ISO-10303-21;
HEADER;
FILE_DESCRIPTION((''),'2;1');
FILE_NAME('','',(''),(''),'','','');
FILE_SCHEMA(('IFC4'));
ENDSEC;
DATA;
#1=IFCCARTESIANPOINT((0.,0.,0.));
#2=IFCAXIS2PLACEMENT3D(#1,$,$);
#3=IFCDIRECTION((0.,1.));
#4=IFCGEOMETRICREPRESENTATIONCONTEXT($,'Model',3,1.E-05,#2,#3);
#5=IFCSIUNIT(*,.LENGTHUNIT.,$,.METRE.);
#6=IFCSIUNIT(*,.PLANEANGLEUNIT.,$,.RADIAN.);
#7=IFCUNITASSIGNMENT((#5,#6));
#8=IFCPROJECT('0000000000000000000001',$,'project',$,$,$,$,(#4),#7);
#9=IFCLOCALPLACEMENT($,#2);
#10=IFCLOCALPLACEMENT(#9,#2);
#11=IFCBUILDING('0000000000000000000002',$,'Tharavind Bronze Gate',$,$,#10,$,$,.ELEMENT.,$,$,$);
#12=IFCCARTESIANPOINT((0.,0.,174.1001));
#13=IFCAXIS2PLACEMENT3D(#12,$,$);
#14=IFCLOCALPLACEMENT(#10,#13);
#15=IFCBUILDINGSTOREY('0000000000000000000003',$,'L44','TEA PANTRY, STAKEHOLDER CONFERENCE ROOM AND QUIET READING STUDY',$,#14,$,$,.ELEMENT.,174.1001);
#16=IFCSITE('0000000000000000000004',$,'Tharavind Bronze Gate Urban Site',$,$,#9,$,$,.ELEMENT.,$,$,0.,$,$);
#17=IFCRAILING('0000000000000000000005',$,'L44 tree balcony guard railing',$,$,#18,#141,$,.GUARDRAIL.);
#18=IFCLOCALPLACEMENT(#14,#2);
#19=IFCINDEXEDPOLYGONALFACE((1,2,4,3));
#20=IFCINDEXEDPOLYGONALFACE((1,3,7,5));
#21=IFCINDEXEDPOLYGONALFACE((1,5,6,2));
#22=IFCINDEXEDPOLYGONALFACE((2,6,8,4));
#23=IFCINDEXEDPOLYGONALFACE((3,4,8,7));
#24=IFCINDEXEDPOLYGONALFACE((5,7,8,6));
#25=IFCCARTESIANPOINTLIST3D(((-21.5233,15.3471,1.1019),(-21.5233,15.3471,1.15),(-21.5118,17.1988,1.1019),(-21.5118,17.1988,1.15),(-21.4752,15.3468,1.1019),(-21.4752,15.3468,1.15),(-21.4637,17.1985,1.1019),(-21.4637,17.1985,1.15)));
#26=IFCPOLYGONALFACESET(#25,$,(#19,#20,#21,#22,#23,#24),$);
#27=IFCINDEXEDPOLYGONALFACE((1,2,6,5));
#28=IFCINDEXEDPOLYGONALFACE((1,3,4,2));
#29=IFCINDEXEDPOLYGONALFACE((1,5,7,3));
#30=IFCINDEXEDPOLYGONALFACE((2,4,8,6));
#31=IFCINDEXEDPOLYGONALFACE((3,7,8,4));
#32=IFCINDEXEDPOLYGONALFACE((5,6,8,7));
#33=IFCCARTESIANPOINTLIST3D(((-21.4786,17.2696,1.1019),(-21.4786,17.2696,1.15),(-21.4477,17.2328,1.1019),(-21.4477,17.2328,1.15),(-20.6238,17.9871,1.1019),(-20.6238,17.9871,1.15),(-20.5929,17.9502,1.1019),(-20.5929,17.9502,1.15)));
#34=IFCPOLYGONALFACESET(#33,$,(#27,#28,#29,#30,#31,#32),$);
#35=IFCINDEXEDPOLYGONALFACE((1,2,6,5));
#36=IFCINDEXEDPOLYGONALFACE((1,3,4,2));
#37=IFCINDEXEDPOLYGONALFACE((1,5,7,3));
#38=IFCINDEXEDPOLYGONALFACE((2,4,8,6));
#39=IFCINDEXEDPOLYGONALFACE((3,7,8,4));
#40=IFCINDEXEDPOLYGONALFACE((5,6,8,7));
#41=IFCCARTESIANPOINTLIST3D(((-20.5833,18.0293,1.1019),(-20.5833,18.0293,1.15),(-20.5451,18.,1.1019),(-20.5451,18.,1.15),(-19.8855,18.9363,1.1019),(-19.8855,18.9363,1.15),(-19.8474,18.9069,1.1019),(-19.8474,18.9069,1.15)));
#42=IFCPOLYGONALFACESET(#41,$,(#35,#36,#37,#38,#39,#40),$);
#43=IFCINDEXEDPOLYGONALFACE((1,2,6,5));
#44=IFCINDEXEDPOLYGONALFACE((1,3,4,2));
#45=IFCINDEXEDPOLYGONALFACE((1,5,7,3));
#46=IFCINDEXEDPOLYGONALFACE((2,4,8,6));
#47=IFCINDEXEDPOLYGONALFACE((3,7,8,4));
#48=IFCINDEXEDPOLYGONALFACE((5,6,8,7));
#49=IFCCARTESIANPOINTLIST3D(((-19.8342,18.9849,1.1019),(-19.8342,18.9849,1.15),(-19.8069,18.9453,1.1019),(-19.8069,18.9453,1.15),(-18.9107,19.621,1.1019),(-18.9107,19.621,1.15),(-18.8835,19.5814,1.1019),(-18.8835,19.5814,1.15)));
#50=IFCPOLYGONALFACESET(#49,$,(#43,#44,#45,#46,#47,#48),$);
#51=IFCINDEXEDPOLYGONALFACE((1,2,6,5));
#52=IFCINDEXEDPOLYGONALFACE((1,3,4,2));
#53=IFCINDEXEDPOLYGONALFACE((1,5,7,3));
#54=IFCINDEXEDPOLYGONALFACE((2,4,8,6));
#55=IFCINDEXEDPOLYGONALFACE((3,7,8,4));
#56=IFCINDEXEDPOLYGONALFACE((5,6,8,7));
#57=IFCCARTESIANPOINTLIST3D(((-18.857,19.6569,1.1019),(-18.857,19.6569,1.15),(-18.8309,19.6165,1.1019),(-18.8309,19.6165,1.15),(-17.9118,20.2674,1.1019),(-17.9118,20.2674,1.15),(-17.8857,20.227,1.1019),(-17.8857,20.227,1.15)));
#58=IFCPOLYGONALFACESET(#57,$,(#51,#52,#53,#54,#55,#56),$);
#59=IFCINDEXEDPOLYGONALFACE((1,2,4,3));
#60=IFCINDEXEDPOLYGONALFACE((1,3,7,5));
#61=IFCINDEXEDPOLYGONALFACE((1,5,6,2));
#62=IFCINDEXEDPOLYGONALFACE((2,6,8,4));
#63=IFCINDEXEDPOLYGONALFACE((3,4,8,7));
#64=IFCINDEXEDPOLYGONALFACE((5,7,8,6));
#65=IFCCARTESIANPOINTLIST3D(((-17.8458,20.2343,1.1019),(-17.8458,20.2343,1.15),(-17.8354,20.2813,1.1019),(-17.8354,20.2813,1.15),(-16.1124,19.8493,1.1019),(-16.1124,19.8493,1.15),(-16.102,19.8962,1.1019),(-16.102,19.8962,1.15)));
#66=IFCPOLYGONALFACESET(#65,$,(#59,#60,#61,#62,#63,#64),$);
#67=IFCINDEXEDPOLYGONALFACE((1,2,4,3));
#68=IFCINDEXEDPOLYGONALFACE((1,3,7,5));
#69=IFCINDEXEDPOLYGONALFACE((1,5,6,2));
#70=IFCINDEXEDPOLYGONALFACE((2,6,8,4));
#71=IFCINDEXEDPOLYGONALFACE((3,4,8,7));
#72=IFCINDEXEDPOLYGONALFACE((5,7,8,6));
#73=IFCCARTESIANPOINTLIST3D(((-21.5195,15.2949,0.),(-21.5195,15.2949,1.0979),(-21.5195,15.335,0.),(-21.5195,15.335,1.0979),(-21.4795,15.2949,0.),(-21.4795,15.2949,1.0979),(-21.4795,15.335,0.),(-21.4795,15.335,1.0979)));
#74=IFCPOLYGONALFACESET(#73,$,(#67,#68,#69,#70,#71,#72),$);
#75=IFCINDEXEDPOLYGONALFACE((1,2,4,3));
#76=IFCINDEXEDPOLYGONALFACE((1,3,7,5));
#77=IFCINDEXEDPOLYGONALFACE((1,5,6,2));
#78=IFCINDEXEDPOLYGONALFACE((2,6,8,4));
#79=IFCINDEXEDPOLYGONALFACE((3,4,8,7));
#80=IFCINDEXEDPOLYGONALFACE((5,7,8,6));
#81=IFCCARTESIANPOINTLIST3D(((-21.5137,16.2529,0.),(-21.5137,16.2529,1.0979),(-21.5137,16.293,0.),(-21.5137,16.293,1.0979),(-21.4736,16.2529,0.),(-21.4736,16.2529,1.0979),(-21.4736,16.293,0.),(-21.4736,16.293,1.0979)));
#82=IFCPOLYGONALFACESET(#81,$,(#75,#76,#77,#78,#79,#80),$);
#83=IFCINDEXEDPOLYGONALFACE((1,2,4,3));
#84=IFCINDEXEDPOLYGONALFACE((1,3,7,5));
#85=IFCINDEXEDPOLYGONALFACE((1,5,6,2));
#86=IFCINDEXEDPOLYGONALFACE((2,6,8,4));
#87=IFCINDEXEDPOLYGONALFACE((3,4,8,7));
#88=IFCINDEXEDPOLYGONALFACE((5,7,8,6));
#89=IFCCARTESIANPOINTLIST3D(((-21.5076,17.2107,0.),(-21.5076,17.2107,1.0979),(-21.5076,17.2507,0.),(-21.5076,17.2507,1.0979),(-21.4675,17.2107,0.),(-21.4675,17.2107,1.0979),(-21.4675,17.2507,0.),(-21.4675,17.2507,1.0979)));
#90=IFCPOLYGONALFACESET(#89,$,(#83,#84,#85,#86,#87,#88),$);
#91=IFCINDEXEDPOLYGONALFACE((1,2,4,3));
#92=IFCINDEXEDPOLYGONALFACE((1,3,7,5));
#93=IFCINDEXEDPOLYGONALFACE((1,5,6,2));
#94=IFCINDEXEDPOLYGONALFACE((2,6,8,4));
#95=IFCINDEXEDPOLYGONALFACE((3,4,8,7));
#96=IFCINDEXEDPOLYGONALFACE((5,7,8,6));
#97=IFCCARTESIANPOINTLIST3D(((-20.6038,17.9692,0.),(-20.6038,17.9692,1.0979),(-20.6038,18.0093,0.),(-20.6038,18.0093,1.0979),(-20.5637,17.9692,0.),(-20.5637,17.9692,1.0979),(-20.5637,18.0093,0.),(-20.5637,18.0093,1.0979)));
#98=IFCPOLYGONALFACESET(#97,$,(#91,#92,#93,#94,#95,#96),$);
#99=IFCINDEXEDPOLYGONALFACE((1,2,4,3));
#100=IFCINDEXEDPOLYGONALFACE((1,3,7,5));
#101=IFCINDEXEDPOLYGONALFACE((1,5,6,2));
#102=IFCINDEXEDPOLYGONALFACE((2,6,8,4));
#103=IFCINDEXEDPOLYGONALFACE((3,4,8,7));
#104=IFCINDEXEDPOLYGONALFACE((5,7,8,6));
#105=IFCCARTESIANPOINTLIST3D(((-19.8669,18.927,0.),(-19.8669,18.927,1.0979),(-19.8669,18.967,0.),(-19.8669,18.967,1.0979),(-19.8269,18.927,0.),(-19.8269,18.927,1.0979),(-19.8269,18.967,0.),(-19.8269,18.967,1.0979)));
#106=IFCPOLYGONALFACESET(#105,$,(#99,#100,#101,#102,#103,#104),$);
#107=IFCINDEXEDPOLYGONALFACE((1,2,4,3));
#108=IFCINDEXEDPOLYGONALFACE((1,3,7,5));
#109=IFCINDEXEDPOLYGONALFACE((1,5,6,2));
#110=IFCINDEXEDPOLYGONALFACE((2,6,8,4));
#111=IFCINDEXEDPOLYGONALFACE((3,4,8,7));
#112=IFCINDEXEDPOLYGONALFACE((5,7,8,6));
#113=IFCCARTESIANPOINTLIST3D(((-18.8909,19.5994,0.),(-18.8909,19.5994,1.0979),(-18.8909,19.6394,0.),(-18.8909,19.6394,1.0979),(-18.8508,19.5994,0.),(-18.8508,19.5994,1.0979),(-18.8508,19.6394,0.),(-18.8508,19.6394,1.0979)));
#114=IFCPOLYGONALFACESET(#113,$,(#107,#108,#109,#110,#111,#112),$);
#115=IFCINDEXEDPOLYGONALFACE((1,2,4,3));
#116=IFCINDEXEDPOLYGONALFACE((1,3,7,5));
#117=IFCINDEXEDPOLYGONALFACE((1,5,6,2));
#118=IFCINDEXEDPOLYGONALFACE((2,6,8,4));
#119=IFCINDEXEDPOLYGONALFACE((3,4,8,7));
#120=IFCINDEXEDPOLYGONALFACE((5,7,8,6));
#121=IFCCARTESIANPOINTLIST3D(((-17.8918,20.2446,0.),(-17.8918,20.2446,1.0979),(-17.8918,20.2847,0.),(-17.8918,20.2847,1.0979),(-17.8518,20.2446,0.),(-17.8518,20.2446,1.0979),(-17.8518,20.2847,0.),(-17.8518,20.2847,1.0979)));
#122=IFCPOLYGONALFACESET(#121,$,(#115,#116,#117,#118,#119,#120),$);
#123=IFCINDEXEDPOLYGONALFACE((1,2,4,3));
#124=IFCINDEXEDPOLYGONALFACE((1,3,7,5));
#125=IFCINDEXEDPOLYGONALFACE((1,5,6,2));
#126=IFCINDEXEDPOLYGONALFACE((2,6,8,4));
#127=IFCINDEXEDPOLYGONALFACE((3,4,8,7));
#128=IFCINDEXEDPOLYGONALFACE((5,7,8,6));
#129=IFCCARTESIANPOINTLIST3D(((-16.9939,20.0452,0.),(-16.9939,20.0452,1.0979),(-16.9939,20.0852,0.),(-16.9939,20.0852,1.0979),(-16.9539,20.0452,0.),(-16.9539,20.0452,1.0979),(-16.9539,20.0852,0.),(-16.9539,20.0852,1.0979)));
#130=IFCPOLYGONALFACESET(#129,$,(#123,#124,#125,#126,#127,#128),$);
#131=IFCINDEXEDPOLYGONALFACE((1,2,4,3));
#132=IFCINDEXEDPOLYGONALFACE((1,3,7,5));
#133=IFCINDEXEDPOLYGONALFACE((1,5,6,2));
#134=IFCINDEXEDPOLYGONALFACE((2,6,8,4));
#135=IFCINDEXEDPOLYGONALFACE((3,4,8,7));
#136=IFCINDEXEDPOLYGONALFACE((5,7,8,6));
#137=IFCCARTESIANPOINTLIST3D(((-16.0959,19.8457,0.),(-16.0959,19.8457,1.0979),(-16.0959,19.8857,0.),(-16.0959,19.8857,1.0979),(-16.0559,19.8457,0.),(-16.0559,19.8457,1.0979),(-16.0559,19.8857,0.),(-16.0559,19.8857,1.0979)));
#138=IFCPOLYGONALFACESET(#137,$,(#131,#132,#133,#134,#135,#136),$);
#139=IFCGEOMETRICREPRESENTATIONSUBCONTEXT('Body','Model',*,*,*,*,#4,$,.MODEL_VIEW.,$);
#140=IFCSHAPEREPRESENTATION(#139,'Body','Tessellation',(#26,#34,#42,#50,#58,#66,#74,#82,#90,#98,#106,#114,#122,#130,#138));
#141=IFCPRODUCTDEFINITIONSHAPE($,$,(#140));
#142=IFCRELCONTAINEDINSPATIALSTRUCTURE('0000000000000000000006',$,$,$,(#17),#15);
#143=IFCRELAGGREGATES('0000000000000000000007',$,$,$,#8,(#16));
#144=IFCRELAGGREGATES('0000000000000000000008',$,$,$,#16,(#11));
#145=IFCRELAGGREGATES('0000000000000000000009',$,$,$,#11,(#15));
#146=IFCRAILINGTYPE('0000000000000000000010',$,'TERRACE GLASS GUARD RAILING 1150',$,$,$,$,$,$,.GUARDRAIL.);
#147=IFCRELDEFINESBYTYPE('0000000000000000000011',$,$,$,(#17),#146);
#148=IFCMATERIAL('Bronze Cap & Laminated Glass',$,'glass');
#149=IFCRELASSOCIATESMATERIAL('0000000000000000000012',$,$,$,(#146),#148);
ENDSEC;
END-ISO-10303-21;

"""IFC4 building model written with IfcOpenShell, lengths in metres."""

from ifc_helpers import new_model, si_unit, direction, frame, origin, origin_2d, place, context, subcontext, project, spatial, rectangle, extrude, material, type_object, element, save


model = new_model("IFC4")

# Units and contexts
model_context = context("Model", 3, precision=1e-05, world=origin(), true_north=direction((0.0, 1.0)))
body_context = subcontext(model_context, "Body", "Model", "MODEL_VIEW")
ifc_project = project(units=[si_unit("LENGTHUNIT", "METRE"), si_unit("PLANEANGLEUNIT", "RADIAN")], contexts=[model_context])

# Site, building, storey
site_placement = place(None, origin())
site = spatial("IfcSite", under=ifc_project, at=site_placement, Name="Tharavind Bronze Gate Urban Site", CompositionType="ELEMENT", RefElevation=0.0)
building_placement = place(site_placement, origin())
building = spatial("IfcBuilding", under=site, at=building_placement, Name="Tharavind Bronze Gate", CompositionType="ELEMENT")
storey_placement = place(building_placement, frame((0.0, 0.0, 174.1001)))
storey = spatial("IfcBuildingStorey", under=building, at=storey_placement, Name="L44", Description="TEA PANTRY, STAKEHOLDER CONFERENCE ROOM AND QUIET READING STUDY", CompositionType="ELEMENT", Elevation=174.1001)

# Railing
ifc_material_1 = material(Name="Bronze Cap & Laminated Glass", Category="glass")
railing_type = type_object("IfcRailingType", Name="TERRACE GLASS GUARD RAILING 1150", PredefinedType="GUARDRAIL", material=ifc_material_1)
railing_placement = place(storey_placement, frame((-21.4995, 15.3149, 0.0)))
element("IfcRailing", 1, at=railing_placement, inside=storey, type_object=railing_type, Name="L44 tree balcony guard railing", PredefinedType="GUARDRAIL", context=body_context, shape_type="SweptSolid", body=[
    extrude(rectangle(XDim=0.0481, YDim=0.0481, at=origin_2d()), frame((0.0002, 0.032, 1.126), z_axis=(0.006244, 0.999981, 0.0), x_axis=(-0.999981, 0.006244, 0.0)), (0.0, 0.0, 1.0), 1.8518),
    extrude(rectangle(XDim=0.0481, YDim=0.0481, at=origin_2d()), frame((0.0364, 1.9363, 1.126), z_axis=(0.765978, 0.642867, 0.0), x_axis=(-0.642867, 0.765978, 0.0)), (0.0, 0.0, 1.0), 1.116),
    extrude(rectangle(XDim=0.0481, YDim=0.0481, at=origin_2d()), frame((0.9353, 2.6997, 1.126), z_axis=(0.60975, 0.792594, 0.0), x_axis=(-0.792594, 0.60975, 0.0)), (0.0, 0.0, 1.0), 1.1443),
    extrude(rectangle(XDim=0.0481, YDim=0.0481, at=origin_2d()), frame((1.679, 3.6501, 1.126), z_axis=(0.823525, 0.56728, 0.0), x_axis=(-0.56728, 0.823525, 0.0)), (0.0, 0.0, 1.0), 1.1213),
    extrude(rectangle(XDim=0.0481, YDim=0.0481, at=origin_2d()), frame((2.6555, 4.3218, 1.126), z_axis=(0.840016, 0.542562, 0.0), x_axis=(-0.542562, 0.840016, 0.0)), (0.0, 0.0, 1.0), 1.1252),
    extrude(rectangle(XDim=0.0481, YDim=0.0481, at=origin_2d()), frame((3.6589, 4.9429, 1.126), z_axis=(0.976206, -0.216846, 0.0), x_axis=(0.216846, 0.976206, 0.0)), (0.0, 0.0, 1.0), 1.7756),
    extrude(rectangle(XDim=0.04, YDim=0.04, at=origin_2d()), origin(), (0.0, 0.0, 1.0), 1.0979),
    extrude(rectangle(XDim=0.04, YDim=0.04, at=origin_2d()), frame((0.0059, 0.958, 0.0)), (0.0, 0.0, 1.0), 1.0979),
    extrude(rectangle(XDim=0.04, YDim=0.04, at=origin_2d()), frame((0.012, 1.9158, 0.0)), (0.0, 0.0, 1.0), 1.0979),
    extrude(rectangle(XDim=0.04, YDim=0.04, at=origin_2d()), frame((0.9158, 2.6743, 0.0)), (0.0, 0.0, 1.0), 1.0979),
    extrude(rectangle(XDim=0.04, YDim=0.04, at=origin_2d()), frame((1.6526, 3.6321, 0.0)), (0.0, 0.0, 1.0), 1.0979),
    extrude(rectangle(XDim=0.04, YDim=0.04, at=origin_2d()), frame((2.6287, 4.3044, 0.0)), (0.0, 0.0, 1.0), 1.0979),
    extrude(rectangle(XDim=0.04, YDim=0.04, at=origin_2d()), frame((3.6277, 4.9497, 0.0)), (0.0, 0.0, 1.0), 1.0979),
    extrude(rectangle(XDim=0.04, YDim=0.04, at=origin_2d()), frame((4.5256, 4.7502, 0.0)), (0.0, 0.0, 1.0), 1.0979),
    extrude(rectangle(XDim=0.04, YDim=0.04, at=origin_2d()), frame((5.4236, 4.5508, 0.0)), (0.0, 0.0, 1.0), 1.0979),
])

save(model, "model.ifc")
